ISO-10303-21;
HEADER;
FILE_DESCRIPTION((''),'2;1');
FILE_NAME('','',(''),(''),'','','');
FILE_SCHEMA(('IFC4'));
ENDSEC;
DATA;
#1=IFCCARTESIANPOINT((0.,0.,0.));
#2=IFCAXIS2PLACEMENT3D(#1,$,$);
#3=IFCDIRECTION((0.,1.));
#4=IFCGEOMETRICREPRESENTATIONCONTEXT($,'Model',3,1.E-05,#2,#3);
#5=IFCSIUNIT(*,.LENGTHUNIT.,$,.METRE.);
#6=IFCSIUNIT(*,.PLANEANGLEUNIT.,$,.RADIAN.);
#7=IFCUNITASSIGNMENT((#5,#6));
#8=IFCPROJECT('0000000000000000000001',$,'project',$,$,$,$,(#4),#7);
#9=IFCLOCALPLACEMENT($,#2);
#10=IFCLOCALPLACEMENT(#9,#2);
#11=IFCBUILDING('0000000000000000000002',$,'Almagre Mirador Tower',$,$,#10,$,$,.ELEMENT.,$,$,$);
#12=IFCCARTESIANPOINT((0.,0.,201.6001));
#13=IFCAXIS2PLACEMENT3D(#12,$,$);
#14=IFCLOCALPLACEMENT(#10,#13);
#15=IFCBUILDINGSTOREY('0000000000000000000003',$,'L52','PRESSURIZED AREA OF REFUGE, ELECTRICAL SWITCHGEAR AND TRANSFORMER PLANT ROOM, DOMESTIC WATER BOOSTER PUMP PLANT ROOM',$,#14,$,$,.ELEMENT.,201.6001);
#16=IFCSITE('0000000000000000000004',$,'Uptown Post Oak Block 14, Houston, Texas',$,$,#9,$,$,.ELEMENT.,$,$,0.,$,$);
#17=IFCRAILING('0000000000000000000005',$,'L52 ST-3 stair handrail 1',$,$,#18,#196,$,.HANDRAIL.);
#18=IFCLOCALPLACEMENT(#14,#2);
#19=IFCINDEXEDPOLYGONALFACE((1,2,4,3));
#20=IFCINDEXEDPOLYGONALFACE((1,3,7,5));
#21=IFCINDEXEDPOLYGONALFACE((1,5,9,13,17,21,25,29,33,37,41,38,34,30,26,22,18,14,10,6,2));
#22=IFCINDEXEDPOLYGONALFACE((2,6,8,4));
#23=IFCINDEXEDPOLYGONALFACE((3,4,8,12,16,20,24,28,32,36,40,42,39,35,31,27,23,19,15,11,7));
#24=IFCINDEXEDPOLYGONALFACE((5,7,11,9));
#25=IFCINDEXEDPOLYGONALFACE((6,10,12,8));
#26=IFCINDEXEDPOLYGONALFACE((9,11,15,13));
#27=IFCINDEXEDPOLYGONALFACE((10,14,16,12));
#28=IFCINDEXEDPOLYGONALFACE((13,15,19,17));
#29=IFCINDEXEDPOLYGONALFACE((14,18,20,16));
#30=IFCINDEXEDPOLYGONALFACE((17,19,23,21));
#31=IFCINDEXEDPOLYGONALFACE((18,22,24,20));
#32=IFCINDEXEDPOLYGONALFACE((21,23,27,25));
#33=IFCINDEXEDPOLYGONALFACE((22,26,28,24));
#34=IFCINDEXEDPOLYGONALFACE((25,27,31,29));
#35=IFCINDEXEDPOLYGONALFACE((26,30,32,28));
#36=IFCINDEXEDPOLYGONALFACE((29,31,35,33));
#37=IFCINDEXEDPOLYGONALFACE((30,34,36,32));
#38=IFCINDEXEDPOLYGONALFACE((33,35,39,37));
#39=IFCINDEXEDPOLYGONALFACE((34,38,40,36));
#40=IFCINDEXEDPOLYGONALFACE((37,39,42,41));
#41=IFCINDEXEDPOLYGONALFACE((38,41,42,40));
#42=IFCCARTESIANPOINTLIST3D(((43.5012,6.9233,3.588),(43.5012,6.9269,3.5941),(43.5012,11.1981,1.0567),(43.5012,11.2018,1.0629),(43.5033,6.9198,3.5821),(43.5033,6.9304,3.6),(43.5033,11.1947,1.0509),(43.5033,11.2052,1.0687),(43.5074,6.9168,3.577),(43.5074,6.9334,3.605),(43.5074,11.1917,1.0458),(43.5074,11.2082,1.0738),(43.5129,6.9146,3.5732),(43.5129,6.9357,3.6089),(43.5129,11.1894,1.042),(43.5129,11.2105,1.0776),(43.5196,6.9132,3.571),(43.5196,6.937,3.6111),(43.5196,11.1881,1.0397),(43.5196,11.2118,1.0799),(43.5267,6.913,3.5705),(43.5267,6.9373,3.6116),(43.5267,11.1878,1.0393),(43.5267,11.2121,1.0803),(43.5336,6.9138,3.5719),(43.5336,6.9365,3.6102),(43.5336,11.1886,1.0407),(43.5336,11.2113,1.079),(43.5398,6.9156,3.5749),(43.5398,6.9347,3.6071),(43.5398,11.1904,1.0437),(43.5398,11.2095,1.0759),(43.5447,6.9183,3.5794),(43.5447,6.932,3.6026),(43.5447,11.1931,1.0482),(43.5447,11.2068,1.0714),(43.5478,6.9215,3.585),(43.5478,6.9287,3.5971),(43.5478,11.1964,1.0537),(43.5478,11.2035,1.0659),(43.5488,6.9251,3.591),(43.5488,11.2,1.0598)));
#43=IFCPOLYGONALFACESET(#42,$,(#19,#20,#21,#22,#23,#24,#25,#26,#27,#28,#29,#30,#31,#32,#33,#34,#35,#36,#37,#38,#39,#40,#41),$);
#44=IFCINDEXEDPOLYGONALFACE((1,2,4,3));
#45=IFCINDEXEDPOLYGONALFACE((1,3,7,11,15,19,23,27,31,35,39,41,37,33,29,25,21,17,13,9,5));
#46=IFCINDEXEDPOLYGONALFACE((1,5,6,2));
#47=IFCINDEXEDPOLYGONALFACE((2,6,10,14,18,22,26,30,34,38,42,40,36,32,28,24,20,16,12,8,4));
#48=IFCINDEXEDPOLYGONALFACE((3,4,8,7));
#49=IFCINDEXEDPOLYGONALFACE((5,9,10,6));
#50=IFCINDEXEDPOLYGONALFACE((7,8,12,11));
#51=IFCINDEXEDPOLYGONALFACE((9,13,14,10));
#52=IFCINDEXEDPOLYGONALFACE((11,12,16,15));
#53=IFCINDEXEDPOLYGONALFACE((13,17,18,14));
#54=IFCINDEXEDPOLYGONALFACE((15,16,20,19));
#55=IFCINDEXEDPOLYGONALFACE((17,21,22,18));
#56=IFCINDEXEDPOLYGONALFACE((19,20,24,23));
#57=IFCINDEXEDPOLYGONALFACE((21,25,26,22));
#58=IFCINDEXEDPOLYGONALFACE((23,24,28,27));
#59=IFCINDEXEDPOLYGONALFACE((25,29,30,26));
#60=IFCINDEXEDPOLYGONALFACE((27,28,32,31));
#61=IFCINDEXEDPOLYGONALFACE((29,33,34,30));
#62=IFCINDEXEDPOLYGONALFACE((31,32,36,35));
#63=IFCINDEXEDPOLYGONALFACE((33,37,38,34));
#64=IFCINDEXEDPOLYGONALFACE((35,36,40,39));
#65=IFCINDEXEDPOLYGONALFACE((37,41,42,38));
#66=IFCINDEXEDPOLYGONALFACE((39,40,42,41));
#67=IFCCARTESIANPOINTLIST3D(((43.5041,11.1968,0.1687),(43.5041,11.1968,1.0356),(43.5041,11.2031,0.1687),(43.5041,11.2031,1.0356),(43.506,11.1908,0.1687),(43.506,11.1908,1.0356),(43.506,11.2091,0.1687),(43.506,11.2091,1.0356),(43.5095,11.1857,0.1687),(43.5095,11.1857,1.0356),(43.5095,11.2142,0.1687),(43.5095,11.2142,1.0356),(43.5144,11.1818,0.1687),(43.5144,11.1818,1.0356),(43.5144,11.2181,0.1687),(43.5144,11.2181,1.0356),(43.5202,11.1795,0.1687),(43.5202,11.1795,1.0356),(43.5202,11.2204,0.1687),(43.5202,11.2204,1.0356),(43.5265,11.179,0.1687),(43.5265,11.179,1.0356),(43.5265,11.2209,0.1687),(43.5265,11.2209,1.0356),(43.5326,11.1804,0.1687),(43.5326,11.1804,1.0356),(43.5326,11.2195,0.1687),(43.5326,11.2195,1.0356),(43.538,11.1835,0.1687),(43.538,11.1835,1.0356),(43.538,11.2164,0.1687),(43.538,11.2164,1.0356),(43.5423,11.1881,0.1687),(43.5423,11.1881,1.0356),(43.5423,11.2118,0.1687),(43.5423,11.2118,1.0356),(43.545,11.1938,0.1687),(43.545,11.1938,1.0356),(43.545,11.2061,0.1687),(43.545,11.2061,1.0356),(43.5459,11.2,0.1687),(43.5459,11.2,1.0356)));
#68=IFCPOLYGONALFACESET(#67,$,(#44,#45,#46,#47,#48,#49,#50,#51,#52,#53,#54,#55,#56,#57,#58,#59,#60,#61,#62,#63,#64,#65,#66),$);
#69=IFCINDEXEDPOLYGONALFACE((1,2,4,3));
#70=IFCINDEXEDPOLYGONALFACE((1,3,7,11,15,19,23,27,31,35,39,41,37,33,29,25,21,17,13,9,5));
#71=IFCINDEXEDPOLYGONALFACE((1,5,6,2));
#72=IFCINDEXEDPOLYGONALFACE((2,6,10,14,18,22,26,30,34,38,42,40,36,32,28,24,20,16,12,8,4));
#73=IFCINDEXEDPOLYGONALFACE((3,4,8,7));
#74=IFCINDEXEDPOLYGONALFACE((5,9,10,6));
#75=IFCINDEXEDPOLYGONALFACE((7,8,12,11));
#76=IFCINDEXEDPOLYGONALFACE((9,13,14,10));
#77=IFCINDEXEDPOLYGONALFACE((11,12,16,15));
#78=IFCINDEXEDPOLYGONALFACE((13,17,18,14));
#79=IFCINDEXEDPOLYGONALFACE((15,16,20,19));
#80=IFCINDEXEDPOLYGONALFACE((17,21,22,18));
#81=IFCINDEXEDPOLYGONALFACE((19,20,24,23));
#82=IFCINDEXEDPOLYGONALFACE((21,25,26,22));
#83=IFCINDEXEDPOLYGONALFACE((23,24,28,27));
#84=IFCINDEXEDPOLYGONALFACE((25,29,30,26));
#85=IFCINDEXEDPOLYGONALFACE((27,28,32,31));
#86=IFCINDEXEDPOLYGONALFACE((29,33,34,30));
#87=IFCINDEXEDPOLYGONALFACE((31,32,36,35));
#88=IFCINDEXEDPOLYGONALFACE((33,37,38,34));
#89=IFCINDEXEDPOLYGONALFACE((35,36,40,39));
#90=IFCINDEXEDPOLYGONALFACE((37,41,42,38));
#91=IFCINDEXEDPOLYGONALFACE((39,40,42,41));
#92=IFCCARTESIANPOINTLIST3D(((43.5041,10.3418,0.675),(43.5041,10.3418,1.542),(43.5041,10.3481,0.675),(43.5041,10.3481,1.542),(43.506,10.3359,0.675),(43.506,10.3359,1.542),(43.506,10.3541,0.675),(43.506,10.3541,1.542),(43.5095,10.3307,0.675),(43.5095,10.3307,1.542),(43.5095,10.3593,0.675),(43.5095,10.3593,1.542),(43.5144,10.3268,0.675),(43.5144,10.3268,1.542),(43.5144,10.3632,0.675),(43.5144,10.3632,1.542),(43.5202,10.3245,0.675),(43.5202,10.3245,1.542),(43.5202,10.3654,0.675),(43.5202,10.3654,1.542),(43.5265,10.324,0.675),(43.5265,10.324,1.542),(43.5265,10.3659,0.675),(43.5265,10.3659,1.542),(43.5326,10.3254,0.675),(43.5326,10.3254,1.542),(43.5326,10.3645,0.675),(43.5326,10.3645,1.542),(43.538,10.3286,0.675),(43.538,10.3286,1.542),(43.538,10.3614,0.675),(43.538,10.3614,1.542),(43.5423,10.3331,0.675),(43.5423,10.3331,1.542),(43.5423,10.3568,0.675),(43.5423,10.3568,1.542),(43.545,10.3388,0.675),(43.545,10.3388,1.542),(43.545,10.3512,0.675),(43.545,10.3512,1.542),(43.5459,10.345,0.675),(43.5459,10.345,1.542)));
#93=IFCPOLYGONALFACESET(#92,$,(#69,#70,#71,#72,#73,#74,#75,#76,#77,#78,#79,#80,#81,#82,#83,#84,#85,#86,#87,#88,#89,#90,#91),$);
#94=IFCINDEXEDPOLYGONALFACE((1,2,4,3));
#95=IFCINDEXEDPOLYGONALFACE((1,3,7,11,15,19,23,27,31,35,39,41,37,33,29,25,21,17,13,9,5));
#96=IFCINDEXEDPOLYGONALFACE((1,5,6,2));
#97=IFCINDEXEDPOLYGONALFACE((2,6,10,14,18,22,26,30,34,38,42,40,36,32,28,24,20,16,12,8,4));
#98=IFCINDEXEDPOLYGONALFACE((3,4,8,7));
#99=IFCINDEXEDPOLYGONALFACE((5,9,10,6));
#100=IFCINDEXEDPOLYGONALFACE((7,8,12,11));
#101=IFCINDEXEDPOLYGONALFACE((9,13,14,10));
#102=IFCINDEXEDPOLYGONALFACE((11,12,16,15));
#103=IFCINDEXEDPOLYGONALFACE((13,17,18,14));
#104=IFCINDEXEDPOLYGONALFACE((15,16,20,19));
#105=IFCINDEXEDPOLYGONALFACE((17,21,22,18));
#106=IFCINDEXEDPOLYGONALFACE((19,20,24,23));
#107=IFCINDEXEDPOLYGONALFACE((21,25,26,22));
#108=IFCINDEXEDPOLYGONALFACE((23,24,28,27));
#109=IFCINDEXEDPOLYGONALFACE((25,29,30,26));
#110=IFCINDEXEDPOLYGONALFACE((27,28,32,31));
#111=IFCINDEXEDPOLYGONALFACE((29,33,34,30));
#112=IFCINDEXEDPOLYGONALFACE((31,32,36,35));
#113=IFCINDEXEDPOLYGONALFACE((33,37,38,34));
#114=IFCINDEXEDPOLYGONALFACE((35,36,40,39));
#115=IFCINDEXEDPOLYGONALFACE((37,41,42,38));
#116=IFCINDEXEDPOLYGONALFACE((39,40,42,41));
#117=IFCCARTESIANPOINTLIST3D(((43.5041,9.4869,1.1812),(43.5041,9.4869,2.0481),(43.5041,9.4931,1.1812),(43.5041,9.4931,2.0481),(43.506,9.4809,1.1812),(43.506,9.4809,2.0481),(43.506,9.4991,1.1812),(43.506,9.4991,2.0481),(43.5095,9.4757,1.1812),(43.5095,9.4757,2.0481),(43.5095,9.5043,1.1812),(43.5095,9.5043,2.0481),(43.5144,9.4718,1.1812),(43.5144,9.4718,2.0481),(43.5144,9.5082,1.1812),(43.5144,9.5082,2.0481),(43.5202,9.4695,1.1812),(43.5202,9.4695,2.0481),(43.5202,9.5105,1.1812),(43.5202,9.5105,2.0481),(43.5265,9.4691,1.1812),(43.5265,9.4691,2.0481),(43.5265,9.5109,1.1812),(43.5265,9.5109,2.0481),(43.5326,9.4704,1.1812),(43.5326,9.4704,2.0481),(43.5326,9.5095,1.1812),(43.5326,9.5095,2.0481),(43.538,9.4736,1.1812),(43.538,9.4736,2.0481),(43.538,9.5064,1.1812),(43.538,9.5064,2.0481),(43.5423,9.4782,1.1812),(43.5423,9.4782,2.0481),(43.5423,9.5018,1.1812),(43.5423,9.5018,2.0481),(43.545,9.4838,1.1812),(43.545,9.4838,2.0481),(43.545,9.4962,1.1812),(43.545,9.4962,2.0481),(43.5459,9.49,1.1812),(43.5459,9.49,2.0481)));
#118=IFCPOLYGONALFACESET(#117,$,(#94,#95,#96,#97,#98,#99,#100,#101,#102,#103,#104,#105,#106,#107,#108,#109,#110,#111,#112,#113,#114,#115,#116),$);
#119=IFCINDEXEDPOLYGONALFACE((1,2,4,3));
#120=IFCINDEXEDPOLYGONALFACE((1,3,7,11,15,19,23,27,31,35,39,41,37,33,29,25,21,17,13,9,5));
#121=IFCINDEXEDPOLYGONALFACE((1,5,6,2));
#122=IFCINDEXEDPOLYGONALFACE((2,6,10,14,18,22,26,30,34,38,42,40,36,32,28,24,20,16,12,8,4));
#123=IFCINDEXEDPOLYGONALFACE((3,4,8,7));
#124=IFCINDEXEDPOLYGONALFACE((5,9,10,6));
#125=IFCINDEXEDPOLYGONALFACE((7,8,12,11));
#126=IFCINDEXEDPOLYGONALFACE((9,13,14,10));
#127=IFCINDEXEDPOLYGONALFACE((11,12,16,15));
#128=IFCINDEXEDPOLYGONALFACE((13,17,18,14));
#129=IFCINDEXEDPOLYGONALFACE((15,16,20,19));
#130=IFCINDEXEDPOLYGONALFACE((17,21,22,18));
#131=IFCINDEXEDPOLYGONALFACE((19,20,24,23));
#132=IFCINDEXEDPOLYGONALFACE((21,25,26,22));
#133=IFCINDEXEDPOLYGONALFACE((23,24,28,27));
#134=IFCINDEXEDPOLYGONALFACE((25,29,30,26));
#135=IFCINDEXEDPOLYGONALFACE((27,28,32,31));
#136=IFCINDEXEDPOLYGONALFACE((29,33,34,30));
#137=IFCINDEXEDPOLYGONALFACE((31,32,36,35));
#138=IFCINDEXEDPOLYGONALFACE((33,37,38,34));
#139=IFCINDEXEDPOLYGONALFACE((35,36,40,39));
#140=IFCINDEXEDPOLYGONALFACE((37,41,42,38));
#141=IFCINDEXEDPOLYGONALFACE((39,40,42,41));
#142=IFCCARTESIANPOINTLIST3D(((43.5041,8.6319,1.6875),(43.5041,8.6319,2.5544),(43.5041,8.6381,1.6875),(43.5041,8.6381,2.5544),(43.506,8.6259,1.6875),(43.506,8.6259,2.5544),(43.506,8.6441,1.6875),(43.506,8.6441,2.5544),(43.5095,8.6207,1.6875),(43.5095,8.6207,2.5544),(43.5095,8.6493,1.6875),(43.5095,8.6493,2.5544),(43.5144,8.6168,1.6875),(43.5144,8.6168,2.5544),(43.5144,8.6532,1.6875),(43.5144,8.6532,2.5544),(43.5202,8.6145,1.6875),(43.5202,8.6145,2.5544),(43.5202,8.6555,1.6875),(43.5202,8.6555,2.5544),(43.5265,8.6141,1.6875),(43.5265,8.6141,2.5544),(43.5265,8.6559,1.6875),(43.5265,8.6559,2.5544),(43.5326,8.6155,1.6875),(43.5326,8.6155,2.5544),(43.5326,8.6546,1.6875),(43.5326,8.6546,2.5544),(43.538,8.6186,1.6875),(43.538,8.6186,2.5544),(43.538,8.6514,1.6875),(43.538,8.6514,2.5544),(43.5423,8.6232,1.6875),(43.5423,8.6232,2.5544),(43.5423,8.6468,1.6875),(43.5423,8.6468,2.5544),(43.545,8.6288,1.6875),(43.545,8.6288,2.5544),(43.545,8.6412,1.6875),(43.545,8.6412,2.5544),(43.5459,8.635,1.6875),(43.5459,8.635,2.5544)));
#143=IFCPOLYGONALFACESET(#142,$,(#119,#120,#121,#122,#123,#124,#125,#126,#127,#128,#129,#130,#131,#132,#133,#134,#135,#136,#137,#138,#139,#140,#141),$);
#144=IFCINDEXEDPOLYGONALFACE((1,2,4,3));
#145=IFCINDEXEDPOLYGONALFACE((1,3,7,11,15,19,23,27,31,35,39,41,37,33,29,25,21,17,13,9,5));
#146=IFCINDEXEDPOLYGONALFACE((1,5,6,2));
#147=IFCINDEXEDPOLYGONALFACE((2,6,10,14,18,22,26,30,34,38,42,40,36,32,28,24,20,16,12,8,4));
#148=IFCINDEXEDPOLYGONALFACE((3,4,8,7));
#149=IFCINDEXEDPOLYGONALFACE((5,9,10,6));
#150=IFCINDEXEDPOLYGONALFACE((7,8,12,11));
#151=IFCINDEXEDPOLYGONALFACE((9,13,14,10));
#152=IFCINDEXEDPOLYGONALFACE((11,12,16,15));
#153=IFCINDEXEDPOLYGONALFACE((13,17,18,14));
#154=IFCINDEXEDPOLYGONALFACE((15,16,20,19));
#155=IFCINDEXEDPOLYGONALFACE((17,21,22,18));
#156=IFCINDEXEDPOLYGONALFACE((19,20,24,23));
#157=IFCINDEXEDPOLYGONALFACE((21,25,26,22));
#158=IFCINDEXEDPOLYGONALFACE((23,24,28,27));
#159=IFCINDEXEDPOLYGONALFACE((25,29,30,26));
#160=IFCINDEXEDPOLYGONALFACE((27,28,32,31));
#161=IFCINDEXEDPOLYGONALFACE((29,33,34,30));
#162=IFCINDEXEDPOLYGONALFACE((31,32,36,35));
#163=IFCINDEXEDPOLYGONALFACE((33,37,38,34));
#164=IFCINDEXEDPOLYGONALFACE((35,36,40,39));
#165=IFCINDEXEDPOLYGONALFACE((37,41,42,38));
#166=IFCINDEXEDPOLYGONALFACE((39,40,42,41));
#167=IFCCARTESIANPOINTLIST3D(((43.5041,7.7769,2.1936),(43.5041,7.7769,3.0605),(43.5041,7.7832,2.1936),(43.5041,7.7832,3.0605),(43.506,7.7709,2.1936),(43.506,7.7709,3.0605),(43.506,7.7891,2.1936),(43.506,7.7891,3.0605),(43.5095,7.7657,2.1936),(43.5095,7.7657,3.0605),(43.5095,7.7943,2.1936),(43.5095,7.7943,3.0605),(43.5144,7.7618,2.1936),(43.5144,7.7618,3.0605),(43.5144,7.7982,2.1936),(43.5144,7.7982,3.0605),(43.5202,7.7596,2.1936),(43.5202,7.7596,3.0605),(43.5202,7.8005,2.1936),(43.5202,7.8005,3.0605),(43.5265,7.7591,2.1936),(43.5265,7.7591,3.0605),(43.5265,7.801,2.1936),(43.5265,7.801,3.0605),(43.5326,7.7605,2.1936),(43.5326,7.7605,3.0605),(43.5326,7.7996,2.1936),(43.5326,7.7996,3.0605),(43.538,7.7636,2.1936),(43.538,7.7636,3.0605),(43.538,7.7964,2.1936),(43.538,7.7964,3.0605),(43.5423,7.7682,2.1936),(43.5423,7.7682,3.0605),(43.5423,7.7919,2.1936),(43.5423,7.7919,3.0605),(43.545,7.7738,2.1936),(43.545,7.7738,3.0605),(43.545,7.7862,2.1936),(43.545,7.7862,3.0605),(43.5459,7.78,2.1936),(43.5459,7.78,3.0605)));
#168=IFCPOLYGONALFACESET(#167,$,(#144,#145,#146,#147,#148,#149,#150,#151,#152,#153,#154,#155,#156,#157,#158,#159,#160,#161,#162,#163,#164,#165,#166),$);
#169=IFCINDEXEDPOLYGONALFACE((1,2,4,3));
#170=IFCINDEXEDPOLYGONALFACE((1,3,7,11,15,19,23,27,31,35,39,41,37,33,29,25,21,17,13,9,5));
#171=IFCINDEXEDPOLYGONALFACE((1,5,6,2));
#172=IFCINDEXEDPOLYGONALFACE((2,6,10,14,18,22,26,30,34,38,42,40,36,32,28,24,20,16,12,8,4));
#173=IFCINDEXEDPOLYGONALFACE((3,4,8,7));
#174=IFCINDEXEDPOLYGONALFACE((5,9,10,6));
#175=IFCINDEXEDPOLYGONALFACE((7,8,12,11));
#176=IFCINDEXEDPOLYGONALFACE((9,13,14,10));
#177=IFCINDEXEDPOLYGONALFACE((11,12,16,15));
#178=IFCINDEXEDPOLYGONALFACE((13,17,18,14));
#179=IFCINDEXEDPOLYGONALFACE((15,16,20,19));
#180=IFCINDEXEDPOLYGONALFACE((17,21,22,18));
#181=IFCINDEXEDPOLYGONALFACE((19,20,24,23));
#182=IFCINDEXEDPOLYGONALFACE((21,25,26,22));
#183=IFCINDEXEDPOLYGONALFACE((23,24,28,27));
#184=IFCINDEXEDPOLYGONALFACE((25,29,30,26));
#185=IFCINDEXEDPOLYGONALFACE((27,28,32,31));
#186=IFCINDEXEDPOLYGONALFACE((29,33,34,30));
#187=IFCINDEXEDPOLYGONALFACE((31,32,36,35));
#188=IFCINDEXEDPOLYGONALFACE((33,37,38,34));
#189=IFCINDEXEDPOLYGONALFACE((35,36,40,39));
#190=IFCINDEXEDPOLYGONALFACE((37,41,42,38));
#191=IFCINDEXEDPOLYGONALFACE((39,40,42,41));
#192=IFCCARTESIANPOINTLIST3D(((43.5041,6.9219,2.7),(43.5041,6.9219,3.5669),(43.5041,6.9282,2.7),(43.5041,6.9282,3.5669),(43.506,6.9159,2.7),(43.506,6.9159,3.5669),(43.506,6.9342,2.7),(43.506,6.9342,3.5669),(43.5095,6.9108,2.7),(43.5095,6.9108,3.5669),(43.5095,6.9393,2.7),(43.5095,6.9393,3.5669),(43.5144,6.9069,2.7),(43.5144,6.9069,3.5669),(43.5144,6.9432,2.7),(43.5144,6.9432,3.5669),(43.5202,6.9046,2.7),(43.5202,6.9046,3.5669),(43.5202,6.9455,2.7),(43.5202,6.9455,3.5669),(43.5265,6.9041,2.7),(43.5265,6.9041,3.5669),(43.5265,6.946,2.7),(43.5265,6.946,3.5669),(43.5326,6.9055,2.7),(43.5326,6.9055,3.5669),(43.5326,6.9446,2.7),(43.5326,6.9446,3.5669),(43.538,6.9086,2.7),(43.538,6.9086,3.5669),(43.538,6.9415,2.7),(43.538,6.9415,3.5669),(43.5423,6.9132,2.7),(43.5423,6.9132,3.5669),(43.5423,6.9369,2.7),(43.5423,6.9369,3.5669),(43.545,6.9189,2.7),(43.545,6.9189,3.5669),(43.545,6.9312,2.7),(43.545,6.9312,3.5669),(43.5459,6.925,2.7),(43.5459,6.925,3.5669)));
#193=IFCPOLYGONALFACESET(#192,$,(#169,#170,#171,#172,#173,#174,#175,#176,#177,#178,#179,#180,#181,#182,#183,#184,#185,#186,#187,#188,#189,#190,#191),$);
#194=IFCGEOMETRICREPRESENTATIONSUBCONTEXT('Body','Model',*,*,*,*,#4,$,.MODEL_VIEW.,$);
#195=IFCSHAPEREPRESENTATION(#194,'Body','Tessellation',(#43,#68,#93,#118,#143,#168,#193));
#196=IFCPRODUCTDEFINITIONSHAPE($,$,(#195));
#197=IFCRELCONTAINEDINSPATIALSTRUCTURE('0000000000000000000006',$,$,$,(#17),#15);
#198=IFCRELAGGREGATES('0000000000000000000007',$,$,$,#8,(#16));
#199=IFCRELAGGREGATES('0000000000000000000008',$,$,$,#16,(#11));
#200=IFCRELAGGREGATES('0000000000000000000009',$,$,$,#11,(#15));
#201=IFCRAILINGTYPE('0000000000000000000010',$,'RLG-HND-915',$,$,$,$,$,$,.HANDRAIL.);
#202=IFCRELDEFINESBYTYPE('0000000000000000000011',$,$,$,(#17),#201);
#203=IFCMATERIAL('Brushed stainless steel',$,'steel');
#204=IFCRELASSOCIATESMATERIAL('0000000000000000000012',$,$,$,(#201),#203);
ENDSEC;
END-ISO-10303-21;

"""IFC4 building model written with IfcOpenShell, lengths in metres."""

from ifc_helpers import new_model, si_unit, direction, frame, origin, origin_2d, place, context, subcontext, project, spatial, circle, extrude, material, type_object, element, save


model = new_model("IFC4")

# Units and contexts
model_context = context("Model", 3, precision=1e-05, world=origin(), true_north=direction((0.0, 1.0)))
body_context = subcontext(model_context, "Body", "Model", "MODEL_VIEW")
ifc_project = project(units=[si_unit("LENGTHUNIT", "METRE"), si_unit("PLANEANGLEUNIT", "RADIAN")], contexts=[model_context])

# Site, building, storey
site_placement = place(None, origin())
site = spatial("IfcSite", under=ifc_project, at=site_placement, Name="Uptown Post Oak Block 14, Houston, Texas", CompositionType="ELEMENT", RefElevation=0.0)
building_placement = place(site_placement, origin())
building = spatial("IfcBuilding", under=site, at=building_placement, Name="Almagre Mirador Tower", CompositionType="ELEMENT")
storey_placement = place(building_placement, frame((0.0, 0.0, 201.6001)))
storey = spatial("IfcBuildingStorey", under=building, at=storey_placement, Name="L52", Description="PRESSURIZED AREA OF REFUGE, ELECTRICAL SWITCHGEAR AND TRANSFORMER PLANT ROOM, DOMESTIC WATER BOOSTER PUMP PLANT ROOM", CompositionType="ELEMENT", Elevation=201.6001)

# Railing
ifc_material_1 = material(Name="Brushed stainless steel", Category="steel")
railing_type_1 = type_object("IfcRailingType", Name="RLG-HND-915", PredefinedType="HANDRAIL", material=ifc_material_1)
railing_1_placement = place(storey_placement, frame((43.5249, 11.2, 0.1687)))
element("IfcRailing", 1, at=railing_1_placement, inside=storey, type_object=railing_type_1, Name="L52 ST-3 stair handrail 1", PredefinedType="HANDRAIL", context=body_context, shape_type="SweptSolid", body=[
    extrude(circle(Radius=0.0239, at=origin_2d()), frame((0.0, 0.0, 0.8911), z_axis=(0.0, -0.86047, 0.509501), x_axis=(1.0, 0.0, 0.0)), (0.0, 0.0, 1.0), 4.968),
    extrude(circle(Radius=0.021, at=origin_2d()), origin(), (0.0, 0.0, 1.0), 0.8669),
    extrude(circle(Radius=0.021, at=origin_2d()), frame((0.0, -0.855, 0.5063)), (0.0, 0.0, 1.0), 0.8669),
    extrude(circle(Radius=0.021, at=origin_2d()), frame((0.0, -1.71, 1.0125)), (0.0, 0.0, 1.0), 0.8669),
    extrude(circle(Radius=0.021, at=origin_2d()), frame((0.0, -2.5649, 1.5188)), (0.0, 0.0, 1.0), 0.8669),
    extrude(circle(Radius=0.021, at=origin_2d()), frame((0.0, -3.4199, 2.0249)), (0.0, 0.0, 1.0), 0.8669),
    extrude(circle(Radius=0.021, at=origin_2d()), frame((0.0, -4.2749, 2.5312)), (0.0, 0.0, 1.0), 0.8669),
])

save(model, "model.ifc")
